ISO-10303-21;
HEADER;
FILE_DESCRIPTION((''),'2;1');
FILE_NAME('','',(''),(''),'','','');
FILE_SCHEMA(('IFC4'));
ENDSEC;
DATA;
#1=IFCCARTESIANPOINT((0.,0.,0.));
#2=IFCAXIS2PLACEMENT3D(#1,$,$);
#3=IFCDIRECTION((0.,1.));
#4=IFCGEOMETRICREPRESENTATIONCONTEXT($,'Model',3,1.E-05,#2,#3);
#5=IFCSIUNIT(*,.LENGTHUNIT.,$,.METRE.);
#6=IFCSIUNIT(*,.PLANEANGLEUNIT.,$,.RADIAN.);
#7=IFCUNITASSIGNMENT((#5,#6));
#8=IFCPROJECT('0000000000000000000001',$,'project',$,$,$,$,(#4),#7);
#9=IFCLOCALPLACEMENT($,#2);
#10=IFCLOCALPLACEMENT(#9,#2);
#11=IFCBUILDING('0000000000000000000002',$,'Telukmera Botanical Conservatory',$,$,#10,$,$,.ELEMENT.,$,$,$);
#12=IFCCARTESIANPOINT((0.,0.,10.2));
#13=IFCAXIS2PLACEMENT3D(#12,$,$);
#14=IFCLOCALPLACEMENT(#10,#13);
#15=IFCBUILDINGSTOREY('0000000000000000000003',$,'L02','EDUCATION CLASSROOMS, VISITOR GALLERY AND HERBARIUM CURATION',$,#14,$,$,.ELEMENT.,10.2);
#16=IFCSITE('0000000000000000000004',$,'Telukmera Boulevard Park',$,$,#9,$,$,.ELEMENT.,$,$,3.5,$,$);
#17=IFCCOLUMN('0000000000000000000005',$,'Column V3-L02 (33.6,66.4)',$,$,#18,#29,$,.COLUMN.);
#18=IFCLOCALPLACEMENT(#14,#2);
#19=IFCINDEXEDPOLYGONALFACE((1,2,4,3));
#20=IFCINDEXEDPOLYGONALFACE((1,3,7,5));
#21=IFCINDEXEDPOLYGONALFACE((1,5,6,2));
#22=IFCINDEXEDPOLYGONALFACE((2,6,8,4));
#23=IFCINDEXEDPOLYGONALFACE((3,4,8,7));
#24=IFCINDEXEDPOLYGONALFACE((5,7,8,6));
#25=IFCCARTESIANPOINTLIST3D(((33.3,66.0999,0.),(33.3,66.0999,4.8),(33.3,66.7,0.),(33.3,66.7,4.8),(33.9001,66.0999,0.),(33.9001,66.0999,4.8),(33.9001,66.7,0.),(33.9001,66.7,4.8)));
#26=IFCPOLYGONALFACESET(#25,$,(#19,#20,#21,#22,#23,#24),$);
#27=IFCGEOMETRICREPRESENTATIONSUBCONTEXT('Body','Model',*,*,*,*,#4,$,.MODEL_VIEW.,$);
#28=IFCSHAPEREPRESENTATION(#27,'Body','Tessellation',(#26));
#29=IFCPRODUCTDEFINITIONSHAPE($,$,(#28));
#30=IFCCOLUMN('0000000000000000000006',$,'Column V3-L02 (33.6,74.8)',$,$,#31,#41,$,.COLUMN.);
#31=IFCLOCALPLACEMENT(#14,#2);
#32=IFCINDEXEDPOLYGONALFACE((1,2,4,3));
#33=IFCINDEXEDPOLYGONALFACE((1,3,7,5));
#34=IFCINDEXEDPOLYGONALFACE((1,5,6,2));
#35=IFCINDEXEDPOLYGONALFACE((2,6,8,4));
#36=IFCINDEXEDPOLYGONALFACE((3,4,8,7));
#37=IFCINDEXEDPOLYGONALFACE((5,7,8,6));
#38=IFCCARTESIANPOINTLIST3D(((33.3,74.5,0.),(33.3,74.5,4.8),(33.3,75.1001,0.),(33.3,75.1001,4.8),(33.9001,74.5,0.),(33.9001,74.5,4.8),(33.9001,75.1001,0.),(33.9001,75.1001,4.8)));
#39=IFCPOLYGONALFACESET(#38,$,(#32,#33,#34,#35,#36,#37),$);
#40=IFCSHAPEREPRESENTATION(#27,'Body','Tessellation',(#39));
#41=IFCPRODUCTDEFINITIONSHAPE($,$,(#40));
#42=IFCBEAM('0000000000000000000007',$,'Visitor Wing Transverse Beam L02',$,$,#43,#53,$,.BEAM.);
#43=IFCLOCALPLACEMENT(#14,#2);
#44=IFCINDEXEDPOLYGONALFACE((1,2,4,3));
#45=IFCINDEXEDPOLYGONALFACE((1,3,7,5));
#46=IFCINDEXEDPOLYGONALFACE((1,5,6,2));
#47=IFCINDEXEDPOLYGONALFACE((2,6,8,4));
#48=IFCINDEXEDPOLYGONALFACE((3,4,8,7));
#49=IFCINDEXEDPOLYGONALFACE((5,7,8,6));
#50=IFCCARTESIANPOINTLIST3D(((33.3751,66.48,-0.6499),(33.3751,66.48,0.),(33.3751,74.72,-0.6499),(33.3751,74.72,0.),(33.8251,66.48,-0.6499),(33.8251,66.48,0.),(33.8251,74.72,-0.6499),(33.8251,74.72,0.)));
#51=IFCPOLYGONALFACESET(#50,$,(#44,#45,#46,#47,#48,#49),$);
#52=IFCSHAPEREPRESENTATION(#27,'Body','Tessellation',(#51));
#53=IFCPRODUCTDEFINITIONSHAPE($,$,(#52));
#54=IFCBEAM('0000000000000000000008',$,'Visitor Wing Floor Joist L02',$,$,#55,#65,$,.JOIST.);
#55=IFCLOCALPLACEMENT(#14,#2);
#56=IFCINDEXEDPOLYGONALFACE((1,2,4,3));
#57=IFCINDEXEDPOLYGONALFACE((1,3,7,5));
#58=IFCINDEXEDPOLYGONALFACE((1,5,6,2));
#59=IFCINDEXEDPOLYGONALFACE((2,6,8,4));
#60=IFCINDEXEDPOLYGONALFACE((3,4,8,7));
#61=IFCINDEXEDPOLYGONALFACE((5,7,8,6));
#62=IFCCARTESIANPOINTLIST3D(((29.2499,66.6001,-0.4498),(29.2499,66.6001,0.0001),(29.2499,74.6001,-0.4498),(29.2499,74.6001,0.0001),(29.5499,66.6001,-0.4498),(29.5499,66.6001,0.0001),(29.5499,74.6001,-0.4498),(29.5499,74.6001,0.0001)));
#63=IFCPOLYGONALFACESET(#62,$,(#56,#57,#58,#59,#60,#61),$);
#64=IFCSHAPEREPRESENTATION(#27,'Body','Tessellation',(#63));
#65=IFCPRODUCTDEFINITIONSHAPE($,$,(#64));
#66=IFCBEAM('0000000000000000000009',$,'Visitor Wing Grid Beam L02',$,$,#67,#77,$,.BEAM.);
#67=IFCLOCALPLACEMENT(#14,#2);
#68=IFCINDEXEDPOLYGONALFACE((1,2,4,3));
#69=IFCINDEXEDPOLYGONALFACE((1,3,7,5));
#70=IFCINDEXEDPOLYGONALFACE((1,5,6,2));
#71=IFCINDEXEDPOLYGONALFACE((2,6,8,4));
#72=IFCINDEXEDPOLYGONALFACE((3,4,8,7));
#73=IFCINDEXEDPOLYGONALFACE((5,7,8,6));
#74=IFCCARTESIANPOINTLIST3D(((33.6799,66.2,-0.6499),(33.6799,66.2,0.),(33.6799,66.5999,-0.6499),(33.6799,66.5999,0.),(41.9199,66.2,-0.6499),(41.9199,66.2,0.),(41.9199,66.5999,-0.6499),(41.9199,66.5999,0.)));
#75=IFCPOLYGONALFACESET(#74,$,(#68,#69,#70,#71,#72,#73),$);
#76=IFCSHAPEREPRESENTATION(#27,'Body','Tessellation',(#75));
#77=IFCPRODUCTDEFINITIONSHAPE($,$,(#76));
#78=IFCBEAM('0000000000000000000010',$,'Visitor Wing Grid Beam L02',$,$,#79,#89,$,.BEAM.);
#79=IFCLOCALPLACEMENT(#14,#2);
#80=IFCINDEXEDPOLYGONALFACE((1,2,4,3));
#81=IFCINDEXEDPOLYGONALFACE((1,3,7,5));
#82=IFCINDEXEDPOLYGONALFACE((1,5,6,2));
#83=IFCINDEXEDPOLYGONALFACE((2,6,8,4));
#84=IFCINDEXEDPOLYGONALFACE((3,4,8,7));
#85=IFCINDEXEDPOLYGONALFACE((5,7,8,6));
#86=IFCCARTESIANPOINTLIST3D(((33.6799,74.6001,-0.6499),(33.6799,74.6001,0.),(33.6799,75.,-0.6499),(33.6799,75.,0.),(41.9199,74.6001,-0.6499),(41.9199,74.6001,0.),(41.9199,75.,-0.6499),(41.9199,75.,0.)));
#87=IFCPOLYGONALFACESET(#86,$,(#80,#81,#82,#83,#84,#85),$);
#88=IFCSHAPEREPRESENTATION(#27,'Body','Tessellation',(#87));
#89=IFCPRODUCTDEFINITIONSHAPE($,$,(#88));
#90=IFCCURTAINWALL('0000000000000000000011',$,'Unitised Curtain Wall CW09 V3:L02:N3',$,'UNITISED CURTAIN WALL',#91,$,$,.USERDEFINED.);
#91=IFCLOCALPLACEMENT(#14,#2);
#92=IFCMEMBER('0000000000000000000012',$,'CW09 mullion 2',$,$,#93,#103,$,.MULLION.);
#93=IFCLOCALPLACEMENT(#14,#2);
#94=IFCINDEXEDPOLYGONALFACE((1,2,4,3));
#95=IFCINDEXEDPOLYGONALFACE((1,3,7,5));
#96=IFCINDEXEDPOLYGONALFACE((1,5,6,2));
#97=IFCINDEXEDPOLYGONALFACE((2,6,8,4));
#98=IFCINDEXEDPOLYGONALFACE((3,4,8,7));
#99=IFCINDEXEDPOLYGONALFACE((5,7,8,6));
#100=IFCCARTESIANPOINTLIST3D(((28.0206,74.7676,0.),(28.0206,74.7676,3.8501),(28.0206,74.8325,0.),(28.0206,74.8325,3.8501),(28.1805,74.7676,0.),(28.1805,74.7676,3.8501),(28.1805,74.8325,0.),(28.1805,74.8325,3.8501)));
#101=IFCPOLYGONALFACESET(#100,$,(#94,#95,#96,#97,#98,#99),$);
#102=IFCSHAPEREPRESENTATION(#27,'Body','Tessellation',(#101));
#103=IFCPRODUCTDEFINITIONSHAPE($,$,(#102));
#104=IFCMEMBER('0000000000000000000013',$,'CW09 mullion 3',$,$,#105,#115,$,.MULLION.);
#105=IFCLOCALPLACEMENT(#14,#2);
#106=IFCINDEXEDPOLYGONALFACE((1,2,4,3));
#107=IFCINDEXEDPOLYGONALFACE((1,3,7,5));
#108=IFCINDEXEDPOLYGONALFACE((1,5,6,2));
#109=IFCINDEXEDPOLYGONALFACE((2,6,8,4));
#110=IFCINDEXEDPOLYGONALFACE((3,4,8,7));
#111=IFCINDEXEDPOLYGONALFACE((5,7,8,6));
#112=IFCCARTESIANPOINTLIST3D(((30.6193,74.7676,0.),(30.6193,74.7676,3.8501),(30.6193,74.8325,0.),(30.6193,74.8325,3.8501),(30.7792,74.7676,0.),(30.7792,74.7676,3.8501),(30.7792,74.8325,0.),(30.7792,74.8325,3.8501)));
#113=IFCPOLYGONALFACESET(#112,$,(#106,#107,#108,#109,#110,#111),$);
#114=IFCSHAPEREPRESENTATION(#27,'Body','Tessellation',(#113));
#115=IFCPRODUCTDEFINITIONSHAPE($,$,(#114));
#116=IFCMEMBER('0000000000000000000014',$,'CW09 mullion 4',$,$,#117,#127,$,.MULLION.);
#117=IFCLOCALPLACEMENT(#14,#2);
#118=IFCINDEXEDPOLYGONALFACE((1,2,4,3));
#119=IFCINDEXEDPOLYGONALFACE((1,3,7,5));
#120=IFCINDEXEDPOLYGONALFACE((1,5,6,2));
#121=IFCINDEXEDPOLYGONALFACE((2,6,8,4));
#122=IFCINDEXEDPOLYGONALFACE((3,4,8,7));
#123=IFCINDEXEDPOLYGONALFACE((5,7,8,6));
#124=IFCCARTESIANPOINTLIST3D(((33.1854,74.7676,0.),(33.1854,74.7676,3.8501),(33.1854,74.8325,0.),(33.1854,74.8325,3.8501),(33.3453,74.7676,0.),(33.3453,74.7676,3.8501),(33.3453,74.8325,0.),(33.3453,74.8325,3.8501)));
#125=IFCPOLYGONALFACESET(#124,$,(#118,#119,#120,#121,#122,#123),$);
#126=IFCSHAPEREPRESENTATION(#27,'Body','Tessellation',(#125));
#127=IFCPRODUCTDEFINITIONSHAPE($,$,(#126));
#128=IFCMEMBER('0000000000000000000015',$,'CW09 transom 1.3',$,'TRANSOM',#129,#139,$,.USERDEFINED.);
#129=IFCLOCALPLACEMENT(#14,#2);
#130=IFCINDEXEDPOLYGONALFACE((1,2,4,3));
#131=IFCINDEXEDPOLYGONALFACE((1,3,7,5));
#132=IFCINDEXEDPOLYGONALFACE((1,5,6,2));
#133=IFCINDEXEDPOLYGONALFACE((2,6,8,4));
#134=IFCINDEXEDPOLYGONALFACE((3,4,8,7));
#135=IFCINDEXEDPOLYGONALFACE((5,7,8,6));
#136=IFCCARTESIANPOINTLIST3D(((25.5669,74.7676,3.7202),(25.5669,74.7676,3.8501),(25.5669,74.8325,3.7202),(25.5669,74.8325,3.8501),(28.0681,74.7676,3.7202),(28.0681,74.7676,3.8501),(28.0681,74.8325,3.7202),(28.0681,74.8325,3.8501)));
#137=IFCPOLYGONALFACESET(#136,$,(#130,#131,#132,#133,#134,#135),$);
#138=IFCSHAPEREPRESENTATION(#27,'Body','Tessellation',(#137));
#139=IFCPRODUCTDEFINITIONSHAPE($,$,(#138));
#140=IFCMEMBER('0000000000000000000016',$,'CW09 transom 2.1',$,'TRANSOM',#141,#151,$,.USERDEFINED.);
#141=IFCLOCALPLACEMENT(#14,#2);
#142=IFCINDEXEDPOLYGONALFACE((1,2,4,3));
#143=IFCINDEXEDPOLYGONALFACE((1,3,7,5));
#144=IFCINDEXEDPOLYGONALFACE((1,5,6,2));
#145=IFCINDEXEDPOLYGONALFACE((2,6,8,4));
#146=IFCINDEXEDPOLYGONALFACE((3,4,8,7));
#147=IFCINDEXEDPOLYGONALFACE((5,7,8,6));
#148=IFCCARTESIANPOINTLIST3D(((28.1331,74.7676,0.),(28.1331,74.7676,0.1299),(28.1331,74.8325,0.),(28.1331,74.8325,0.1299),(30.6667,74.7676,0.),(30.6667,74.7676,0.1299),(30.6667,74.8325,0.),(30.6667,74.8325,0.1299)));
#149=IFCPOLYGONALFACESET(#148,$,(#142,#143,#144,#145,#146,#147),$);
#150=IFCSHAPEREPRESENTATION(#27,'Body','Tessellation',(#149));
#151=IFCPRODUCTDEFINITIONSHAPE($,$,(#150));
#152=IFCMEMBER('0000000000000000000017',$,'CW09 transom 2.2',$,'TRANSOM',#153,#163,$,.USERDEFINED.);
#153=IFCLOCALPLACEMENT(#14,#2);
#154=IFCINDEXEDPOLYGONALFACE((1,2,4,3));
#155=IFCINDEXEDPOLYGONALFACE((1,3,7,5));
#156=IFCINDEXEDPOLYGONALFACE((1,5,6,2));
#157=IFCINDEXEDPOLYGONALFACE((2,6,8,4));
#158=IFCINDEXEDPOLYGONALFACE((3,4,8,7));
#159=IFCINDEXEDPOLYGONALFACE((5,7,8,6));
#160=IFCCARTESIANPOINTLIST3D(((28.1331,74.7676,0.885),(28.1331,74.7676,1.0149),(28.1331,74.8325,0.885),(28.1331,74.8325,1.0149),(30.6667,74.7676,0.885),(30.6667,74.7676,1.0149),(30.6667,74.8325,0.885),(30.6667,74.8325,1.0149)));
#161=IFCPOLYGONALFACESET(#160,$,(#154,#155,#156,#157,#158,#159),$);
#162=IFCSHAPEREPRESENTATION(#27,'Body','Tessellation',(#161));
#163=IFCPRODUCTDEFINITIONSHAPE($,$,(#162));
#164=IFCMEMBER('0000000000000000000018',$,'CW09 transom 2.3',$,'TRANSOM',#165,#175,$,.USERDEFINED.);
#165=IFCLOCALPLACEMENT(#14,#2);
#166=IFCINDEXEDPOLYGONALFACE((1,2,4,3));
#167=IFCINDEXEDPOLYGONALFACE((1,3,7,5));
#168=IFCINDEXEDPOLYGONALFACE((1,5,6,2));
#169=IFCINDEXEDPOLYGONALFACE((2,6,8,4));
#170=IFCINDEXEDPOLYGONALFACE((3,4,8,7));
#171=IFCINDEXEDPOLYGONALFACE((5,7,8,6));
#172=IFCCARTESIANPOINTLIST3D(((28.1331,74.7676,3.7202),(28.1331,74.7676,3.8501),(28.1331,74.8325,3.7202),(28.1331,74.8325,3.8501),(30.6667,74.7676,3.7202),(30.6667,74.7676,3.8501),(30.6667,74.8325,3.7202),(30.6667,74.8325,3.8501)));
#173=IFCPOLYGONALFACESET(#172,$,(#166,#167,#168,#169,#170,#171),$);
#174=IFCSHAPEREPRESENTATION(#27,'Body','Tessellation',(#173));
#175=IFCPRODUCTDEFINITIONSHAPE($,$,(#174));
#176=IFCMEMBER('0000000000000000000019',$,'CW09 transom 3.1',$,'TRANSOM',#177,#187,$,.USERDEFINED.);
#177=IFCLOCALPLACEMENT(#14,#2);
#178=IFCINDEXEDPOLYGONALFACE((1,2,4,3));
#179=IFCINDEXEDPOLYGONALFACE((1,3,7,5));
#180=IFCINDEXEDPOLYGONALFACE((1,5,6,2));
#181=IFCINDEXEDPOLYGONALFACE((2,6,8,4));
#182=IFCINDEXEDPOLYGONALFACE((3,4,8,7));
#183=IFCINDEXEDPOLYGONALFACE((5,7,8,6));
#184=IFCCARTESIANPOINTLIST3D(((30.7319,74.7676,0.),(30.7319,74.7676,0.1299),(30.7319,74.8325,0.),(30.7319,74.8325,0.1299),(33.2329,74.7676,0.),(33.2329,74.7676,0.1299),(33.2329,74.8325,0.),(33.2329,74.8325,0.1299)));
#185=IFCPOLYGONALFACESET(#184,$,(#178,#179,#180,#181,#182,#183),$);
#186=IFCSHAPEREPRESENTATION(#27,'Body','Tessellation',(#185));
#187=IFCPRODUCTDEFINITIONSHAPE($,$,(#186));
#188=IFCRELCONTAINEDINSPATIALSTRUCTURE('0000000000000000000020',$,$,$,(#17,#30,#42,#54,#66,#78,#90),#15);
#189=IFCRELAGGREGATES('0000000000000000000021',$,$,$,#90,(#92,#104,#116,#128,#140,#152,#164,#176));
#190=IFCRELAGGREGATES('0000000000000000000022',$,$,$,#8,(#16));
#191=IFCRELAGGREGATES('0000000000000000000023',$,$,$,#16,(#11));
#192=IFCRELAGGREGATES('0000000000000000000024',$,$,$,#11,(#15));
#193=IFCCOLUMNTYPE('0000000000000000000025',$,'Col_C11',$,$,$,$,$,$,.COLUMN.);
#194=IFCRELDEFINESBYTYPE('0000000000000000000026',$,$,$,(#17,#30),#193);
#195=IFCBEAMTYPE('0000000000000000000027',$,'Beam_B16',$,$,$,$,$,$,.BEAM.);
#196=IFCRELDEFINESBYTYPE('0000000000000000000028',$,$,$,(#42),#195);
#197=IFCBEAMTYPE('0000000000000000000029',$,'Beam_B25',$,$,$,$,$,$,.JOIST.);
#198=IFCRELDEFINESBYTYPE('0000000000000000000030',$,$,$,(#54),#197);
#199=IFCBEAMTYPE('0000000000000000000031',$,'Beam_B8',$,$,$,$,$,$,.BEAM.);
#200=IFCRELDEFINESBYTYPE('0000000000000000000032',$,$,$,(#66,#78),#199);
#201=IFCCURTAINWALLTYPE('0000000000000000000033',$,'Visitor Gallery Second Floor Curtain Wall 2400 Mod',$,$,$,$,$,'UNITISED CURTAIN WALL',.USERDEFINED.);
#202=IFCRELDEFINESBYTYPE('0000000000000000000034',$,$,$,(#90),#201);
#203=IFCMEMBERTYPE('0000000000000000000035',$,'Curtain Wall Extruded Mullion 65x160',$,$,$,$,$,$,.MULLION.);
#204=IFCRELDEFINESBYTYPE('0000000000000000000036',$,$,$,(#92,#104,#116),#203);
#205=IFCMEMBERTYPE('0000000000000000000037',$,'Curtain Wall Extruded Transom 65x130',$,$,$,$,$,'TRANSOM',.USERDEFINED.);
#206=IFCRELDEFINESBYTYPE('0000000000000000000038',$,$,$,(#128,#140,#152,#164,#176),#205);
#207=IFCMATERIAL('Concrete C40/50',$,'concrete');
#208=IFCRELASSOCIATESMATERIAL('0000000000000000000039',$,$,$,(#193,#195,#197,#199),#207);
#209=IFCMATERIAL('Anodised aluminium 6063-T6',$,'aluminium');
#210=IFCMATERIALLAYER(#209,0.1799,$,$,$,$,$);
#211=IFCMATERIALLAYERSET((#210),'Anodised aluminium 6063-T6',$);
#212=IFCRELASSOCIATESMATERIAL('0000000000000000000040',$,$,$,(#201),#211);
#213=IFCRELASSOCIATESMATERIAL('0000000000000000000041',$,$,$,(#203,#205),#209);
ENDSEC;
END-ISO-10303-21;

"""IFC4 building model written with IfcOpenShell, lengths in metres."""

from ifc_helpers import new_model, si_unit, direction, frame, origin, origin_2d, place, context, subcontext, project, spatial, rectangle, extrude, material, layer, layer_set, material_profile, profile_set, type_object, element, aggregate, save


model = new_model("IFC4")

# Units and contexts
model_context = context("Model", 3, precision=1e-05, world=origin(), true_north=direction((0.0, 1.0)))
body_context = subcontext(model_context, "Body", "Model", "MODEL_VIEW")
ifc_project = project(units=[si_unit("LENGTHUNIT", "METRE"), si_unit("PLANEANGLEUNIT", "RADIAN")], contexts=[model_context])

# Site, building, storey
site_placement = place(None, origin())
site = spatial("IfcSite", under=ifc_project, at=site_placement, Name="Telukmera Boulevard Park", CompositionType="ELEMENT", RefElevation=3.5)
building_placement = place(site_placement, origin())
building = spatial("IfcBuilding", under=site, at=building_placement, Name="Telukmera Botanical Conservatory", CompositionType="ELEMENT")
storey_placement = place(building_placement, frame((0.0, 0.0, 10.2)))
storey = spatial("IfcBuildingStorey", under=building, at=storey_placement, Name="L02", Description="EDUCATION CLASSROOMS, VISITOR GALLERY AND HERBARIUM CURATION", CompositionType="ELEMENT", Elevation=10.2)

# Columns
ifc_material_1 = material(Name="Concrete C40/50", Category="concrete")
ifc_material_profile_1 = material_profile(ifc_material_1, rectangle(XDim=0.6001, YDim=0.6001, at=origin_2d()), Name="RC 600x600")
ifc_profile_set_1 = profile_set([ifc_material_profile_1], Name="Concrete C40/50")
column_type = type_object("IfcColumnType", Name="Col_C11", PredefinedType="COLUMN", material=ifc_profile_set_1)
for number, where, z_axis, x_axis, name in (
    (1, (33.6001, 66.3999, 0.0), (0.0, 0.0, 1.0), (1.0, 0.0, 0.0), "Column V3-L02 (33.6,66.4)"),
    (2, (33.6001, 74.8, 0.0), (0.0, 0.0, 1.0), (1.0, 0.0, 0.0), "Column V3-L02 (33.6,74.8)"),
):
    element("IfcColumn", number, at=place(storey_placement, frame(where, z_axis=z_axis, x_axis=x_axis)), inside=storey, type_object=column_type, Name=name, PredefinedType="COLUMN", context=body_context, shape_type="SweptSolid", body=[
        extrude(rectangle(XDim=0.6001, YDim=0.6001, at=origin_2d()), origin(), (0.0, 0.0, 1.0), 4.8),
    ])

# Beams
ifc_material_profile_2 = material_profile(ifc_material_1, rectangle(XDim=0.45, YDim=0.6499, at=origin_2d()), Name="RC 450x650")
ifc_profile_set_2 = profile_set([ifc_material_profile_2], Name="Concrete C40/50")
beam_type_1 = type_object("IfcBeamType", Name="Beam_B16", PredefinedType="BEAM", material=ifc_profile_set_2)
beam_1_placement = place(storey_placement, frame((33.6001, 66.48, -0.325), z_axis=(0.0, 1.0, 0.0), x_axis=(-1.0, 0.0, 0.0)))
element("IfcBeam", 3, at=beam_1_placement, inside=storey, type_object=beam_type_1, Name="Visitor Wing Transverse Beam L02", PredefinedType="BEAM", context=body_context, shape_type="SweptSolid", body=[
    extrude(rectangle(XDim=0.45, YDim=0.6499, at=origin_2d()), origin(), (0.0, 0.0, 1.0), 8.24),
])
ifc_material_profile_3 = material_profile(ifc_material_1, rectangle(XDim=0.3, YDim=0.45, at=origin_2d()), Name="RC 300x450")
ifc_profile_set_3 = profile_set([ifc_material_profile_3], Name="Concrete C40/50")
beam_type_2 = type_object("IfcBeamType", Name="Beam_B25", PredefinedType="JOIST", material=ifc_profile_set_3)
beam_2_placement = place(storey_placement, frame((29.3999, 66.6001, -0.2249), z_axis=(0.0, 1.0, 0.0), x_axis=(-1.0, 0.0, 0.0)))
element("IfcBeam", 4, at=beam_2_placement, inside=storey, type_object=beam_type_2, Name="Visitor Wing Floor Joist L02", PredefinedType="JOIST", context=body_context, shape_type="SweptSolid", body=[
    extrude(rectangle(XDim=0.3, YDim=0.45, at=origin_2d()), origin(), (0.0, 0.0, 1.0), 8.0),
])
ifc_material_profile_4 = material_profile(ifc_material_1, rectangle(XDim=0.3999, YDim=0.6499, at=origin_2d()), Name="RC 400x650")
ifc_profile_set_4 = profile_set([ifc_material_profile_4], Name="Concrete C40/50")
beam_type_3 = type_object("IfcBeamType", Name="Beam_B8", PredefinedType="BEAM", material=ifc_profile_set_4)
for number, where, z_axis, x_axis, name in (
    (5, (33.6799, 66.3999, -0.325), (1.0, 0.0, 0.0), (0.0, 1.0, 0.0), "Visitor Wing Grid Beam L02"),
    (6, (33.6799, 74.8, -0.325), (1.0, 0.0, 0.0), (0.0, 1.0, 0.0), "Visitor Wing Grid Beam L02"),
):
    element("IfcBeam", number, at=place(storey_placement, frame(where, z_axis=z_axis, x_axis=x_axis)), inside=storey, type_object=beam_type_3, Name=name, PredefinedType="BEAM", context=body_context, shape_type="SweptSolid", body=[
        extrude(rectangle(XDim=0.3999, YDim=0.6499, at=origin_2d()), origin(), (0.0, 0.0, 1.0), 8.24),
    ])

# Curtain wall, members
ifc_material_2 = material(Name="Anodised aluminium 6063-T6", Category="aluminium")
ifc_layer_1 = layer(ifc_material_2, 0.1799)
ifc_layer_set_1 = layer_set([ifc_layer_1], Name="Anodised aluminium 6063-T6")
curtain_wall_type = type_object("IfcCurtainWallType", Name="Visitor Gallery Second Floor Curtain Wall 2400 Mod", ElementType="UNITISED CURTAIN WALL", PredefinedType="USERDEFINED", material=ifc_layer_set_1)
curtain_wall_placement = place(storey_placement, origin())
curtain_wall = element("IfcCurtainWall", 7, at=curtain_wall_placement, inside=storey, type_object=curtain_wall_type, Name="Unitised Curtain Wall CW09 V3:L02:N3", ObjectType="UNITISED CURTAIN WALL", PredefinedType="USERDEFINED")
ifc_material_profile_5 = material_profile(ifc_material_2, rectangle(XDim=0.0649, YDim=0.1599, at=origin_2d()), Name="ALU MULL 65x160")
ifc_profile_set_5 = profile_set([ifc_material_profile_5], Name="Anodised aluminium 6063-T6")
member_type_1 = type_object("IfcMemberType", Name="Curtain Wall Extruded Mullion 65x160", PredefinedType="MULLION", material=ifc_profile_set_5)
member_1_placement = place(storey_placement, frame((28.1006, 74.8, 0.0), z_axis=(0.0, 0.0, 1.0), x_axis=(0.0, 1.0, 0.0)))
member_1 = element("IfcMember", 8, at=member_1_placement, type_object=member_type_1, Name="CW09 mullion 2", PredefinedType="MULLION", context=body_context, shape_type="SweptSolid", body=[
    extrude(rectangle(XDim=0.0649, YDim=0.1599, at=origin_2d()), origin(), (0.0, 0.0, 1.0), 3.8501),
])
member_2_placement = place(storey_placement, frame((30.6992, 74.8, 0.0), z_axis=(0.0, 0.0, 1.0), x_axis=(0.0, 1.0, 0.0)))
member_2 = element("IfcMember", 9, at=member_2_placement, type_object=member_type_1, Name="CW09 mullion 3", PredefinedType="MULLION", context=body_context, shape_type="SweptSolid", body=[
    extrude(rectangle(XDim=0.0649, YDim=0.1599, at=origin_2d()), origin(), (0.0, 0.0, 1.0), 3.8501),
])
member_3_placement = place(storey_placement, frame((33.2654, 74.8, 0.0), z_axis=(0.0, 0.0, 1.0), x_axis=(0.0, 1.0, 0.0)))
member_3 = element("IfcMember", 10, at=member_3_placement, type_object=member_type_1, Name="CW09 mullion 4", PredefinedType="MULLION", context=body_context, shape_type="SweptSolid", body=[
    extrude(rectangle(XDim=0.0649, YDim=0.1599, at=origin_2d()), origin(), (0.0, 0.0, 1.0), 3.8501),
])
ifc_material_profile_6 = material_profile(ifc_material_2, rectangle(XDim=0.0649, YDim=0.1299, at=origin_2d()), Name="ALU TRAN 65x130")
ifc_profile_set_6 = profile_set([ifc_material_profile_6], Name="Anodised aluminium 6063-T6")
member_type_2 = type_object("IfcMemberType", Name="Curtain Wall Extruded Transom 65x130", ElementType="TRANSOM", PredefinedType="USERDEFINED", material=ifc_profile_set_6)
member_4_placement = place(storey_placement, frame((25.5669, 74.8, 3.7852), z_axis=(1.0, 0.0, 0.0), x_axis=(0.0, 1.0, 0.0)))
member_4 = element("IfcMember", 11, at=member_4_placement, type_object=member_type_2, Name="CW09 transom 1.3", ObjectType="TRANSOM", PredefinedType="USERDEFINED", context=body_context, shape_type="SweptSolid", body=[
    extrude(rectangle(XDim=0.0649, YDim=0.1299, at=origin_2d()), origin(), (0.0, 0.0, 1.0), 2.5012),
])
member_5_placement = place(storey_placement, frame((28.1331, 74.8, 0.0649), z_axis=(1.0, 0.0, 0.0), x_axis=(0.0, 1.0, 0.0)))
member_5 = element("IfcMember", 12, at=member_5_placement, type_object=member_type_2, Name="CW09 transom 2.1", ObjectType="TRANSOM", PredefinedType="USERDEFINED", context=body_context, shape_type="SweptSolid", body=[
    extrude(rectangle(XDim=0.0649, YDim=0.1299, at=origin_2d()), origin(), (0.0, 0.0, 1.0), 2.5337),
])
member_6_placement = place(storey_placement, frame((28.1331, 74.8, 0.95), z_axis=(1.0, 0.0, 0.0), x_axis=(0.0, 1.0, 0.0)))
member_6 = element("IfcMember", 13, at=member_6_placement, type_object=member_type_2, Name="CW09 transom 2.2", ObjectType="TRANSOM", PredefinedType="USERDEFINED", context=body_context, shape_type="SweptSolid", body=[
    extrude(rectangle(XDim=0.0649, YDim=0.1299, at=origin_2d()), origin(), (0.0, 0.0, 1.0), 2.5337),
])
member_7_placement = place(storey_placement, frame((28.1331, 74.8, 3.7852), z_axis=(1.0, 0.0, 0.0), x_axis=(0.0, 1.0, 0.0)))
member_7 = element("IfcMember", 14, at=member_7_placement, type_object=member_type_2, Name="CW09 transom 2.3", ObjectType="TRANSOM", PredefinedType="USERDEFINED", context=body_context, shape_type="SweptSolid", body=[
    extrude(rectangle(XDim=0.0649, YDim=0.1299, at=origin_2d()), origin(), (0.0, 0.0, 1.0), 2.5337),
])
member_8_placement = place(storey_placement, frame((30.7319, 74.8, 0.0649), z_axis=(1.0, 0.0, 0.0), x_axis=(0.0, 1.0, 0.0)))
member_8 = element("IfcMember", 15, at=member_8_placement, type_object=member_type_2, Name="CW09 transom 3.1", ObjectType="TRANSOM", PredefinedType="USERDEFINED", context=body_context, shape_type="SweptSolid", body=[
    extrude(rectangle(XDim=0.0649, YDim=0.1299, at=origin_2d()), origin(), (0.0, 0.0, 1.0), 2.501),
])
aggregate(curtain_wall, [member_1, member_2, member_3, member_4, member_5, member_6, member_7, member_8])

save(model, "model.ifc")
